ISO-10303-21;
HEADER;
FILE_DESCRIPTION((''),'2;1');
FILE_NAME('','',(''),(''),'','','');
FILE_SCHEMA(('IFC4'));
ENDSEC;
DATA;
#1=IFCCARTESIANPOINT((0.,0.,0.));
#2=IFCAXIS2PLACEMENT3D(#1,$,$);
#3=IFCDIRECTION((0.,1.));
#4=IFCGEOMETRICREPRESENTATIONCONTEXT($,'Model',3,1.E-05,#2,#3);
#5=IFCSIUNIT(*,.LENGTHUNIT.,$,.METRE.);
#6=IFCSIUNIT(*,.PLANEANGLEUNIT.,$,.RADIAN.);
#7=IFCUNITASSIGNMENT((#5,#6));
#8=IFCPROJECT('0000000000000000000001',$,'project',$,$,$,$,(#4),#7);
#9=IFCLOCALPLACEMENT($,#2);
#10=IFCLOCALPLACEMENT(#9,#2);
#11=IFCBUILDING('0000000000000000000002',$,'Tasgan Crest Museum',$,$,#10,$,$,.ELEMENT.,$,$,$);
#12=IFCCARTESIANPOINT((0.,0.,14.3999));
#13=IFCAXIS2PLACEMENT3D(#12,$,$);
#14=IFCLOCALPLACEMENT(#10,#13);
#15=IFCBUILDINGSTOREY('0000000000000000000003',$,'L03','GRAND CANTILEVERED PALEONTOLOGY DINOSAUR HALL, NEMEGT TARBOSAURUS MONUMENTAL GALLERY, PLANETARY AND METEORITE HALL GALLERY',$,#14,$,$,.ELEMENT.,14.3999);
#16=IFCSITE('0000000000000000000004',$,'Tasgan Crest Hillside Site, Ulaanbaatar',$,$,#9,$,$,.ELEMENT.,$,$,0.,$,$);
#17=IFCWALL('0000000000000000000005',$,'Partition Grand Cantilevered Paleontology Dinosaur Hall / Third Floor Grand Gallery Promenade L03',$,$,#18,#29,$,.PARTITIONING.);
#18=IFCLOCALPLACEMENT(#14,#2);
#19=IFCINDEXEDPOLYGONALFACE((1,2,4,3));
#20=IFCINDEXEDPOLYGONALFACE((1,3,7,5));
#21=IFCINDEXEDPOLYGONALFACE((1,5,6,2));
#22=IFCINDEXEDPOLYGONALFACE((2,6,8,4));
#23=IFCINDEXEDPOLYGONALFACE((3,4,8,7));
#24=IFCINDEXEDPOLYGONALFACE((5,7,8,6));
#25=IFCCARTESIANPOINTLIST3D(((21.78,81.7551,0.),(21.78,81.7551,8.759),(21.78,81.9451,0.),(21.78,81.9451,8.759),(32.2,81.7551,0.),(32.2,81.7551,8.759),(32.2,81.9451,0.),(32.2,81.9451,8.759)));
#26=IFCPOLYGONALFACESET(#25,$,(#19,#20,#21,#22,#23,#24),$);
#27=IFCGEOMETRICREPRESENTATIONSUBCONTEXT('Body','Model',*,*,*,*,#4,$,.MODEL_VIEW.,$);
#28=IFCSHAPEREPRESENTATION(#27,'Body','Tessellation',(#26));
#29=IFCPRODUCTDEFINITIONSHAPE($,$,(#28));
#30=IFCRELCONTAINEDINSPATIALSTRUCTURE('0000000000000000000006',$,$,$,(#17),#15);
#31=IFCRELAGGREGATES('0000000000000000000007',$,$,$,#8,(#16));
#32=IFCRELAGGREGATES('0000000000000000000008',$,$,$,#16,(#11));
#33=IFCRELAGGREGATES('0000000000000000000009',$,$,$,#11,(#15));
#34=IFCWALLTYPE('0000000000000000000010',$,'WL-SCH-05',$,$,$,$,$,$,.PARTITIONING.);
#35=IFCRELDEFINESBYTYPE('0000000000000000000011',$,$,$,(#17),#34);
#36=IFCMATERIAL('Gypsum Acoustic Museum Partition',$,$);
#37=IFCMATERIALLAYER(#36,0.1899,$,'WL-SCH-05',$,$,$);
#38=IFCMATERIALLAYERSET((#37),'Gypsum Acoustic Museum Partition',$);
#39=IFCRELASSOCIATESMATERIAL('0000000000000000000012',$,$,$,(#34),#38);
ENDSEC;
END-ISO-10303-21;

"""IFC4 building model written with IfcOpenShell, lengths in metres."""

from ifc_helpers import new_model, si_unit, direction, frame, frame_2d, origin, place, context, subcontext, project, spatial, rectangle, extrude, material, layer, layer_set, type_object, element, save


model = new_model("IFC4")

# Units and contexts
model_context = context("Model", 3, precision=1e-05, world=origin(), true_north=direction((0.0, 1.0)))
body_context = subcontext(model_context, "Body", "Model", "MODEL_VIEW")
ifc_project = project(units=[si_unit("LENGTHUNIT", "METRE"), si_unit("PLANEANGLEUNIT", "RADIAN")], contexts=[model_context])

# Site, building, storey
site_placement = place(None, origin())
site = spatial("IfcSite", under=ifc_project, at=site_placement, Name="Tasgan Crest Hillside Site, Ulaanbaatar", CompositionType="ELEMENT", RefElevation=0.0)
building_placement = place(site_placement, origin())
building = spatial("IfcBuilding", under=site, at=building_placement, Name="Tasgan Crest Museum", CompositionType="ELEMENT")
storey_placement = place(building_placement, frame((0.0, 0.0, 14.3999)))
storey = spatial("IfcBuildingStorey", under=building, at=storey_placement, Name="L03", Description="GRAND CANTILEVERED PALEONTOLOGY DINOSAUR HALL, NEMEGT TARBOSAURUS MONUMENTAL GALLERY, PLANETARY AND METEORITE HALL GALLERY", CompositionType="ELEMENT", Elevation=14.3999)

# Wall
ifc_material_1 = material(Name="Gypsum Acoustic Museum Partition")
ifc_layer_1 = layer(ifc_material_1, 0.1899, Name="WL-SCH-05")
ifc_layer_set_1 = layer_set([ifc_layer_1], Name="Gypsum Acoustic Museum Partition")
wall_type_1 = type_object("IfcWallType", Name="WL-SCH-05", PredefinedType="PARTITIONING", material=ifc_layer_set_1)
wall_1_placement = place(storey_placement, frame((21.78, 81.8501, 0.0), z_axis=(0.0, 0.0, 1.0), x_axis=(1.0, 0.0, 0.0)))
element("IfcWall", 1, at=wall_1_placement, inside=storey, type_object=wall_type_1, Name="Partition Grand Cantilevered Paleontology Dinosaur Hall / Third Floor Grand Gallery Promenade L03", PredefinedType="PARTITIONING", context=body_context, shape_type="SweptSolid", body=[
    extrude(rectangle(XDim=10.4199, YDim=0.1899, at=frame_2d((5.21, 0.0))), origin(), (0.0, 0.0, 1.0), 8.759),
])

save(model, "model.ifc")
